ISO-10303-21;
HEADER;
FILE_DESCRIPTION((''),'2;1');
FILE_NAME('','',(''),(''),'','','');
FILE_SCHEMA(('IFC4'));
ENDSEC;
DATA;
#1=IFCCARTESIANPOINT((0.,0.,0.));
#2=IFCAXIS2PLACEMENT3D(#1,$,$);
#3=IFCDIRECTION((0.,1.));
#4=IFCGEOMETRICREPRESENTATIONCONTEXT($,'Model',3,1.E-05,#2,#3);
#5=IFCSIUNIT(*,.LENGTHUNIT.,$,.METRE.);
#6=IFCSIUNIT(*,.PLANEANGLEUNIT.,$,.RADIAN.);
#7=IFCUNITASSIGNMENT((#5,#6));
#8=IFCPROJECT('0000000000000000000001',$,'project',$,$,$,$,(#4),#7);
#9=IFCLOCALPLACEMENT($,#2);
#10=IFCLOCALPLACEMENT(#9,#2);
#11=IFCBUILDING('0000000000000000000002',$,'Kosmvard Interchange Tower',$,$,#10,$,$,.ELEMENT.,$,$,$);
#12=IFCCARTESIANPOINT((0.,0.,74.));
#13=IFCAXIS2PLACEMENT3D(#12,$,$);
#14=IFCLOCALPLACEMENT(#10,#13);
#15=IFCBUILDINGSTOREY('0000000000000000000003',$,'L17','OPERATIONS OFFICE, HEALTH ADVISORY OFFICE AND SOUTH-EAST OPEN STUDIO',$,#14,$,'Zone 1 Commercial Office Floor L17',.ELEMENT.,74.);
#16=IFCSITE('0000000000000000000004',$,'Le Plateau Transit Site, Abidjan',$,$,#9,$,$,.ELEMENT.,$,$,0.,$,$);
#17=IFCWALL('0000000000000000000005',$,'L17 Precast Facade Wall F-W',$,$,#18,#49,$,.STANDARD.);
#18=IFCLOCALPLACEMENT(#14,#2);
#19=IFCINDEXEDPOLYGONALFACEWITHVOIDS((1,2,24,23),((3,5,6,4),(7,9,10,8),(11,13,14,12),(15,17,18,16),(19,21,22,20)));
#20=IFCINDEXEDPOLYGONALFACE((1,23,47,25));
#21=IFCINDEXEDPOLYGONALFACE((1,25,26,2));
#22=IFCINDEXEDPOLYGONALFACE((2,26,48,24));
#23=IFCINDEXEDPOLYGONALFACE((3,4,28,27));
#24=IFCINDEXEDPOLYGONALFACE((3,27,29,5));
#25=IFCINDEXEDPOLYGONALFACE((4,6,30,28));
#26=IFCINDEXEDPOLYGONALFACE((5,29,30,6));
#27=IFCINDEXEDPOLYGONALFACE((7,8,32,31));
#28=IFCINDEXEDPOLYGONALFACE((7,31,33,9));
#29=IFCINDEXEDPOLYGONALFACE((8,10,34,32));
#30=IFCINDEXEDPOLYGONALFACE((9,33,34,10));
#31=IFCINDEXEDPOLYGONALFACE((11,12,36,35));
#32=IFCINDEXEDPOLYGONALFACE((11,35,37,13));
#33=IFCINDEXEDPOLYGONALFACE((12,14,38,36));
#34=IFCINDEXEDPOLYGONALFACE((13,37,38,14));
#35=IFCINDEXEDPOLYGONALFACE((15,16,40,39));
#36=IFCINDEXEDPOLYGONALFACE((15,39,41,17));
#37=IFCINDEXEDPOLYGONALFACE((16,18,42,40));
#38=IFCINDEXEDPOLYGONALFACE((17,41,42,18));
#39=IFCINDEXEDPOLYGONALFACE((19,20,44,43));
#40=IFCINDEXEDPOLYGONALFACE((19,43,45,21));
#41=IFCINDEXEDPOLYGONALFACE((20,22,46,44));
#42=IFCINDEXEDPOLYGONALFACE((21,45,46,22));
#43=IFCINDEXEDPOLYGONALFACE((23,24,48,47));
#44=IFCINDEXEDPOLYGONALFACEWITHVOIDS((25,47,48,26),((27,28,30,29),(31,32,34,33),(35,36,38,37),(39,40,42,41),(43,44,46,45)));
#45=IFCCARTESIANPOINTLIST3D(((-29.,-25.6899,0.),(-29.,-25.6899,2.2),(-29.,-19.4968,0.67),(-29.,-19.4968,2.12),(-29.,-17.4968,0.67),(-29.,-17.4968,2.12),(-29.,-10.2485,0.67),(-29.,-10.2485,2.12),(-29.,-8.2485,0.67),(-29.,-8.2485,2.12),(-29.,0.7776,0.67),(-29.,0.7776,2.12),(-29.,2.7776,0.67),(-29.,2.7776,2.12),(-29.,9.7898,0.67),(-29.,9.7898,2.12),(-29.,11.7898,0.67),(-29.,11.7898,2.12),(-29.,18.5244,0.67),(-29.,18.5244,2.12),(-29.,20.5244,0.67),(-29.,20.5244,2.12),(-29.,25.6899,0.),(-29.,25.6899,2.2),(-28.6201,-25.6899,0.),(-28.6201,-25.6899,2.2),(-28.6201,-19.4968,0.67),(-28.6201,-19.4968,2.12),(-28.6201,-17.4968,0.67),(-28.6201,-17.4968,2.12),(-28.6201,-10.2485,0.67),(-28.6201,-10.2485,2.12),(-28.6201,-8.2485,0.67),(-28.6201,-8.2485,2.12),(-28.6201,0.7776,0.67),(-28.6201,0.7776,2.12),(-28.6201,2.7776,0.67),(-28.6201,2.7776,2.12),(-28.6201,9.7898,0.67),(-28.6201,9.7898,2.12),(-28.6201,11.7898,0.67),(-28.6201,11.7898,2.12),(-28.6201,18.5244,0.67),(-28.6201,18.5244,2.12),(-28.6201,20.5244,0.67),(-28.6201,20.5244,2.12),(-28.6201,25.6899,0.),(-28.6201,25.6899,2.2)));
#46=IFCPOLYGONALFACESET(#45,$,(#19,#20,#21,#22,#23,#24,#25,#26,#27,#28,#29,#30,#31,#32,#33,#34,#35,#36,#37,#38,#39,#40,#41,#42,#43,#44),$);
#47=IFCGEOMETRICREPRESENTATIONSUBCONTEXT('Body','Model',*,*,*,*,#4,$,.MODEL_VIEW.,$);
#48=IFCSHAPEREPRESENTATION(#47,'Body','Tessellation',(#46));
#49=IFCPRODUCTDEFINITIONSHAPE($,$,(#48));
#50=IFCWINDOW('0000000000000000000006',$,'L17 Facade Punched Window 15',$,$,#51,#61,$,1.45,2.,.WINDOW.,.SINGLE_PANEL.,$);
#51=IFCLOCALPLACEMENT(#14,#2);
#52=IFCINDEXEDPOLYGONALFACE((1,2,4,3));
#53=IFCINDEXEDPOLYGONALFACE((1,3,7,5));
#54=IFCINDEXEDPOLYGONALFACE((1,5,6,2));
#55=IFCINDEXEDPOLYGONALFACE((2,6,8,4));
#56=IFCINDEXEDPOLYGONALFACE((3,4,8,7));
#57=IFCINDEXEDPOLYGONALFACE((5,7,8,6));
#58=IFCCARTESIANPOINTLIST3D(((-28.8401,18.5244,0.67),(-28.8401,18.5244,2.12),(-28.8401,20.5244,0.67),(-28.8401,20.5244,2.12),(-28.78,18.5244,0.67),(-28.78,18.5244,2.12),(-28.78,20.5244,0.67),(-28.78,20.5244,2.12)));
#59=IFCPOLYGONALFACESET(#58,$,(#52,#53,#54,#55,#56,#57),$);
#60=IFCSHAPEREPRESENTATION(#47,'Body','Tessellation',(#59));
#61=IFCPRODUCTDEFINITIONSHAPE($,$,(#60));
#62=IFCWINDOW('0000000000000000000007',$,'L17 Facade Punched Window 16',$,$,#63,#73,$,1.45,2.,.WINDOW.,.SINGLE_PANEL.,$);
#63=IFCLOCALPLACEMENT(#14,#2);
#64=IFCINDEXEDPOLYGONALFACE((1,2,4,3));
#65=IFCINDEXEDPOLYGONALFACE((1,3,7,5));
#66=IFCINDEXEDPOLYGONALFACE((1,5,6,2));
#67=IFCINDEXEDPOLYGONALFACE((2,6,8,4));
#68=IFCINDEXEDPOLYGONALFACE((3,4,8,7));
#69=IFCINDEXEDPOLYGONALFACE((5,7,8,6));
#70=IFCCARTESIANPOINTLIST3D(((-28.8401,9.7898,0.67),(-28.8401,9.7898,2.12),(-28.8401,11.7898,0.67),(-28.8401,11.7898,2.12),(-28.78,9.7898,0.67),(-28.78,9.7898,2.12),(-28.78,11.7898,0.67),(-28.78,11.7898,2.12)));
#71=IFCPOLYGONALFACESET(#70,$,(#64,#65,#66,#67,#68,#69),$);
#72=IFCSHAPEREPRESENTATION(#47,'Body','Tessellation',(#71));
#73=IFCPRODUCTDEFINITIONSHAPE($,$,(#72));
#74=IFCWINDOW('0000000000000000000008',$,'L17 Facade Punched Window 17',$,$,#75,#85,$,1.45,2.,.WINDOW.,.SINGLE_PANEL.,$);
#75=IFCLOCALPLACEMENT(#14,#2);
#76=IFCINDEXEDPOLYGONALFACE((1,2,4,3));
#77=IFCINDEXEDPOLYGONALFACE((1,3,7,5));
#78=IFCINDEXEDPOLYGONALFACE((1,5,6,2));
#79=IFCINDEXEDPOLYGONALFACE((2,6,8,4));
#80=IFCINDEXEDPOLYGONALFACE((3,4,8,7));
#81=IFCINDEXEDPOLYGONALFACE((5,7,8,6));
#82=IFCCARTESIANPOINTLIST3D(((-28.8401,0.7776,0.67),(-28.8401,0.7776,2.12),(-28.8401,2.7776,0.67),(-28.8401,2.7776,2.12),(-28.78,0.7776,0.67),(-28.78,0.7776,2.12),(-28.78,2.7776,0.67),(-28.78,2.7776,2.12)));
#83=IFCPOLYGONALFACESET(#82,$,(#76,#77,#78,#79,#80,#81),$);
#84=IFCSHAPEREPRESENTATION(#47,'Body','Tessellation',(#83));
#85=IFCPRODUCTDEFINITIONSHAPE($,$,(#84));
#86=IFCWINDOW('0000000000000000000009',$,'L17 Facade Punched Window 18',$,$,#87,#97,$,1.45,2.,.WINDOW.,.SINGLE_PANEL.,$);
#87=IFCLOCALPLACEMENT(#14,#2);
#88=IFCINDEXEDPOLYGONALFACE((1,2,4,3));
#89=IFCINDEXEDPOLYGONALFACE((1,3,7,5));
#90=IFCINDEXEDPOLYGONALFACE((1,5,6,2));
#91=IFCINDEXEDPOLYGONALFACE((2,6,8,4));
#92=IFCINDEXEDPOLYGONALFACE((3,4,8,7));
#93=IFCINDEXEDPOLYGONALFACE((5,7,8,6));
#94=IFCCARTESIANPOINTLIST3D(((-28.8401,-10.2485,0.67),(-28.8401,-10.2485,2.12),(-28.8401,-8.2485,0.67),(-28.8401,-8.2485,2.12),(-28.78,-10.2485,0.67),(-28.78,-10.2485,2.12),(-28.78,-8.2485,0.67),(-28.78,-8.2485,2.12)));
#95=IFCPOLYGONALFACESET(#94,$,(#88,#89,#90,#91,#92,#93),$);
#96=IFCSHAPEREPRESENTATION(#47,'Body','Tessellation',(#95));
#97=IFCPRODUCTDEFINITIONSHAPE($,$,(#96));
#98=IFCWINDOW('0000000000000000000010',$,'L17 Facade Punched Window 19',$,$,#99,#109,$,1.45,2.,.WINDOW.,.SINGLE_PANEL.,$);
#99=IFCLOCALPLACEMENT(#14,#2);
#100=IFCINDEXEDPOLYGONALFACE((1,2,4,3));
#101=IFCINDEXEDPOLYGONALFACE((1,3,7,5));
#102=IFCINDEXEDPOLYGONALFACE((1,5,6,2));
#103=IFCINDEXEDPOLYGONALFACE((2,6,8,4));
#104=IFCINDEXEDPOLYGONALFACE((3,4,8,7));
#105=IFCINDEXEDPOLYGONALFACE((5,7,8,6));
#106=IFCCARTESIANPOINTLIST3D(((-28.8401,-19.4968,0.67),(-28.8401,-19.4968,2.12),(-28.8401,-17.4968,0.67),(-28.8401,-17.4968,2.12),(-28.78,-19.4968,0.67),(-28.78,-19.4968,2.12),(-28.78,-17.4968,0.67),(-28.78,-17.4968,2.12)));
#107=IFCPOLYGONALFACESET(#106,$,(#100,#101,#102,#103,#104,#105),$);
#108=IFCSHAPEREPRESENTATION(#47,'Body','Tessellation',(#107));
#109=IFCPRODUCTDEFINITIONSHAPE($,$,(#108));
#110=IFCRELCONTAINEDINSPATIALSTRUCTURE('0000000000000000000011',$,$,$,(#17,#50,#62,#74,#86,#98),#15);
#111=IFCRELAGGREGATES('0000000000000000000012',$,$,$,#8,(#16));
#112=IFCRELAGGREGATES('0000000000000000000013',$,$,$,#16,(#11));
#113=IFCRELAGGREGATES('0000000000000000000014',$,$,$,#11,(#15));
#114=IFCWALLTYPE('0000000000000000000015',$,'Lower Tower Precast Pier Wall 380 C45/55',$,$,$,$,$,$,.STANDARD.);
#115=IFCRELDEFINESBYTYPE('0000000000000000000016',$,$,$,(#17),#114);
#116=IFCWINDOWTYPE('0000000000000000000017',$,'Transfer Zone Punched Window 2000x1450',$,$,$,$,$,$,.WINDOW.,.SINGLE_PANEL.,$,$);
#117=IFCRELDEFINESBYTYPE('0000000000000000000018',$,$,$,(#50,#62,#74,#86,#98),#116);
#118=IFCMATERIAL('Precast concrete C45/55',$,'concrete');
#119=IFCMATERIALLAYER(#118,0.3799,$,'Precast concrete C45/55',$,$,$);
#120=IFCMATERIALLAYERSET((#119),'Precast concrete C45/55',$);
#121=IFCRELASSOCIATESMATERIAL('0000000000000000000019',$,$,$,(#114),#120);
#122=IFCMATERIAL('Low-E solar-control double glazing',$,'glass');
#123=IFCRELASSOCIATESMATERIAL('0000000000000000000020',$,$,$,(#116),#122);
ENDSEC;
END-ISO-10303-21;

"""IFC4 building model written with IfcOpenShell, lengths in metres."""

from ifc_helpers import new_model, si_unit, direction, frame, frame_2d, origin, place, context, subcontext, project, spatial, rectangle, extrude, source, transform, mapped, material, layer, layer_set, type_object, element, fill, save


model = new_model("IFC4")

# Units and contexts
model_context = context("Model", 3, precision=1e-05, world=origin(), true_north=direction((0.0, 1.0)))
body_context = subcontext(model_context, "Body", "Model", "MODEL_VIEW")
ifc_project = project(units=[si_unit("LENGTHUNIT", "METRE"), si_unit("PLANEANGLEUNIT", "RADIAN")], contexts=[model_context])

# Site, building, storey
site_placement = place(None, origin())
site = spatial("IfcSite", under=ifc_project, at=site_placement, Name="Le Plateau Transit Site, Abidjan", CompositionType="ELEMENT", RefElevation=0.0)
building_placement = place(site_placement, origin())
building = spatial("IfcBuilding", under=site, at=building_placement, Name="Kosmvard Interchange Tower", CompositionType="ELEMENT")
storey_placement = place(building_placement, frame((0.0, 0.0, 74.0)))
storey = spatial("IfcBuildingStorey", under=building, at=storey_placement, Name="L17", Description="OPERATIONS OFFICE, HEALTH ADVISORY OFFICE AND SOUTH-EAST OPEN STUDIO", LongName="Zone 1 Commercial Office Floor L17", CompositionType="ELEMENT", Elevation=74.0)

# Shared definitions
ifc_material_1 = material(Name="Precast concrete C45/55", Category="concrete")

# Shared definitions
ifc_layer_1 = layer(ifc_material_1, 0.3799, Name="Precast concrete C45/55")
ifc_layer_set_1 = layer_set([ifc_layer_1], Name="Precast concrete C45/55")
wall_type_1 = type_object("IfcWallType", Name="Lower Tower Precast Pier Wall 380 C45/55", PredefinedType="STANDARD", material=ifc_layer_set_1)

# Wall, openings, windows
wall_1_placement = place(storey_placement, frame((-28.8101, 25.6899, 0.0), z_axis=(0.0, 0.0, 1.0), x_axis=(0.0, -1.0, 0.0)))
wall_1 = element("IfcWall", 1, at=wall_1_placement, inside=storey, type_object=wall_type_1, Name="L17 Precast Facade Wall F-W", PredefinedType="STANDARD", context=body_context, shape_type="SweptSolid", body=[
    extrude(rectangle(XDim=51.3799, YDim=0.3799, at=frame_2d((25.6899, 0.0))), origin(), (0.0, 0.0, 1.0), 2.2),
])
opening_1_placement = place(wall_1_placement, frame((5.1655, 0.0, 0.6699)))
opening_1 = element("IfcOpeningElement", 2, at=opening_1_placement, cuts=wall_1, PredefinedType="OPENING", context=body_context, shape_type="SweptSolid", body=[
    extrude(rectangle(XDim=2.0, YDim=1.45, at=frame_2d((1.0, 0.7251))), frame((0.0, 0.2, 0.0), z_axis=(0.0, -1.0, 0.0), x_axis=(1.0, 0.0, 0.0)), (0.0, 0.0, 1.0), 0.3999),
])
opening_2_placement = place(wall_1_placement, frame((13.9001, 0.0, 0.6699)))
opening_2 = element("IfcOpeningElement", 3, at=opening_2_placement, cuts=wall_1, PredefinedType="OPENING", context=body_context, shape_type="SweptSolid", body=[
    extrude(rectangle(XDim=2.0, YDim=1.45, at=frame_2d((1.0, 0.7251))), frame((0.0, 0.2, 0.0), z_axis=(0.0, -1.0, 0.0), x_axis=(1.0, 0.0, 0.0)), (0.0, 0.0, 1.0), 0.3999),
])
opening_3_placement = place(wall_1_placement, frame((22.9124, 0.0, 0.6699)))
opening_3 = element("IfcOpeningElement", 4, at=opening_3_placement, cuts=wall_1, PredefinedType="OPENING", context=body_context, shape_type="SweptSolid", body=[
    extrude(rectangle(XDim=2.0, YDim=1.45, at=frame_2d((1.0, 0.7251))), frame((0.0, 0.2, 0.0), z_axis=(0.0, -1.0, 0.0), x_axis=(1.0, 0.0, 0.0)), (0.0, 0.0, 1.0), 0.3999),
])
opening_4_placement = place(wall_1_placement, frame((33.9385, 0.0, 0.6699)))
opening_4 = element("IfcOpeningElement", 5, at=opening_4_placement, cuts=wall_1, PredefinedType="OPENING", context=body_context, shape_type="SweptSolid", body=[
    extrude(rectangle(XDim=2.0, YDim=1.45, at=frame_2d((1.0, 0.7251))), frame((0.0, 0.2, 0.0), z_axis=(0.0, -1.0, 0.0), x_axis=(1.0, 0.0, 0.0)), (0.0, 0.0, 1.0), 0.3999),
])
opening_5_placement = place(wall_1_placement, frame((43.1868, 0.0, 0.6699)))
opening_5 = element("IfcOpeningElement", 6, at=opening_5_placement, cuts=wall_1, PredefinedType="OPENING", context=body_context, shape_type="SweptSolid", body=[
    extrude(rectangle(XDim=2.0, YDim=1.45, at=frame_2d((1.0, 0.7251))), frame((0.0, 0.2, 0.0), z_axis=(0.0, -1.0, 0.0), x_axis=(1.0, 0.0, 0.0)), (0.0, 0.0, 1.0), 0.3999),
])
ifc_material_2 = material(Name="Low-E solar-control double glazing", Category="glass")
window_type = type_object("IfcWindowType", Name="Transfer Zone Punched Window 2000x1450", PartitioningType="SINGLE_PANEL", PredefinedType="WINDOW", material=ifc_material_2)
shared_shape_1 = source(origin(), body_context, "Body", "SweptSolid", [
    extrude(rectangle(XDim=2.0, YDim=1.45, at=frame_2d((1.0, 0.7251))), frame((0.0, 0.03, 0.0), z_axis=(0.0, -1.0, 0.0), x_axis=(1.0, 0.0, 0.0)), (0.0, 0.0, 1.0), 0.0601),
])
window_1_placement = place(opening_1_placement, origin())
window_1 = element("IfcWindow", 7, at=window_1_placement, inside=storey, type_object=window_type, Name="L17 Facade Punched Window 15", OverallHeight=1.45, OverallWidth=2.0, PartitioningType="SINGLE_PANEL", PredefinedType="WINDOW", context=body_context, shape_type="MappedRepresentation", body=[
    mapped(shared_shape_1, transform((0.0, 0.0, 0.0), scale=1.0)),
])
fill(opening_1, window_1)
window_2_placement = place(opening_2_placement, origin())
window_2 = element("IfcWindow", 8, at=window_2_placement, inside=storey, type_object=window_type, Name="L17 Facade Punched Window 16", OverallHeight=1.45, OverallWidth=2.0, PartitioningType="SINGLE_PANEL", PredefinedType="WINDOW", context=body_context, shape_type="MappedRepresentation", body=[
    mapped(shared_shape_1, transform((0.0, 0.0, 0.0), scale=1.0)),
])
fill(opening_2, window_2)
window_3_placement = place(opening_3_placement, origin())
window_3 = element("IfcWindow", 9, at=window_3_placement, inside=storey, type_object=window_type, Name="L17 Facade Punched Window 17", OverallHeight=1.45, OverallWidth=2.0, PartitioningType="SINGLE_PANEL", PredefinedType="WINDOW", context=body_context, shape_type="MappedRepresentation", body=[
    mapped(shared_shape_1, transform((0.0, 0.0, 0.0), scale=1.0)),
])
fill(opening_3, window_3)
window_4_placement = place(opening_4_placement, origin())
window_4 = element("IfcWindow", 10, at=window_4_placement, inside=storey, type_object=window_type, Name="L17 Facade Punched Window 18", OverallHeight=1.45, OverallWidth=2.0, PartitioningType="SINGLE_PANEL", PredefinedType="WINDOW", context=body_context, shape_type="MappedRepresentation", body=[
    mapped(shared_shape_1, transform((0.0, 0.0, 0.0), scale=1.0)),
])
fill(opening_4, window_4)
window_5_placement = place(opening_5_placement, origin())
window_5 = element("IfcWindow", 11, at=window_5_placement, inside=storey, type_object=window_type, Name="L17 Facade Punched Window 19", OverallHeight=1.45, OverallWidth=2.0, PartitioningType="SINGLE_PANEL", PredefinedType="WINDOW", context=body_context, shape_type="MappedRepresentation", body=[
    mapped(shared_shape_1, transform((0.0, 0.0, 0.0), scale=1.0)),
])
fill(opening_5, window_5)

save(model, "model.ifc")
